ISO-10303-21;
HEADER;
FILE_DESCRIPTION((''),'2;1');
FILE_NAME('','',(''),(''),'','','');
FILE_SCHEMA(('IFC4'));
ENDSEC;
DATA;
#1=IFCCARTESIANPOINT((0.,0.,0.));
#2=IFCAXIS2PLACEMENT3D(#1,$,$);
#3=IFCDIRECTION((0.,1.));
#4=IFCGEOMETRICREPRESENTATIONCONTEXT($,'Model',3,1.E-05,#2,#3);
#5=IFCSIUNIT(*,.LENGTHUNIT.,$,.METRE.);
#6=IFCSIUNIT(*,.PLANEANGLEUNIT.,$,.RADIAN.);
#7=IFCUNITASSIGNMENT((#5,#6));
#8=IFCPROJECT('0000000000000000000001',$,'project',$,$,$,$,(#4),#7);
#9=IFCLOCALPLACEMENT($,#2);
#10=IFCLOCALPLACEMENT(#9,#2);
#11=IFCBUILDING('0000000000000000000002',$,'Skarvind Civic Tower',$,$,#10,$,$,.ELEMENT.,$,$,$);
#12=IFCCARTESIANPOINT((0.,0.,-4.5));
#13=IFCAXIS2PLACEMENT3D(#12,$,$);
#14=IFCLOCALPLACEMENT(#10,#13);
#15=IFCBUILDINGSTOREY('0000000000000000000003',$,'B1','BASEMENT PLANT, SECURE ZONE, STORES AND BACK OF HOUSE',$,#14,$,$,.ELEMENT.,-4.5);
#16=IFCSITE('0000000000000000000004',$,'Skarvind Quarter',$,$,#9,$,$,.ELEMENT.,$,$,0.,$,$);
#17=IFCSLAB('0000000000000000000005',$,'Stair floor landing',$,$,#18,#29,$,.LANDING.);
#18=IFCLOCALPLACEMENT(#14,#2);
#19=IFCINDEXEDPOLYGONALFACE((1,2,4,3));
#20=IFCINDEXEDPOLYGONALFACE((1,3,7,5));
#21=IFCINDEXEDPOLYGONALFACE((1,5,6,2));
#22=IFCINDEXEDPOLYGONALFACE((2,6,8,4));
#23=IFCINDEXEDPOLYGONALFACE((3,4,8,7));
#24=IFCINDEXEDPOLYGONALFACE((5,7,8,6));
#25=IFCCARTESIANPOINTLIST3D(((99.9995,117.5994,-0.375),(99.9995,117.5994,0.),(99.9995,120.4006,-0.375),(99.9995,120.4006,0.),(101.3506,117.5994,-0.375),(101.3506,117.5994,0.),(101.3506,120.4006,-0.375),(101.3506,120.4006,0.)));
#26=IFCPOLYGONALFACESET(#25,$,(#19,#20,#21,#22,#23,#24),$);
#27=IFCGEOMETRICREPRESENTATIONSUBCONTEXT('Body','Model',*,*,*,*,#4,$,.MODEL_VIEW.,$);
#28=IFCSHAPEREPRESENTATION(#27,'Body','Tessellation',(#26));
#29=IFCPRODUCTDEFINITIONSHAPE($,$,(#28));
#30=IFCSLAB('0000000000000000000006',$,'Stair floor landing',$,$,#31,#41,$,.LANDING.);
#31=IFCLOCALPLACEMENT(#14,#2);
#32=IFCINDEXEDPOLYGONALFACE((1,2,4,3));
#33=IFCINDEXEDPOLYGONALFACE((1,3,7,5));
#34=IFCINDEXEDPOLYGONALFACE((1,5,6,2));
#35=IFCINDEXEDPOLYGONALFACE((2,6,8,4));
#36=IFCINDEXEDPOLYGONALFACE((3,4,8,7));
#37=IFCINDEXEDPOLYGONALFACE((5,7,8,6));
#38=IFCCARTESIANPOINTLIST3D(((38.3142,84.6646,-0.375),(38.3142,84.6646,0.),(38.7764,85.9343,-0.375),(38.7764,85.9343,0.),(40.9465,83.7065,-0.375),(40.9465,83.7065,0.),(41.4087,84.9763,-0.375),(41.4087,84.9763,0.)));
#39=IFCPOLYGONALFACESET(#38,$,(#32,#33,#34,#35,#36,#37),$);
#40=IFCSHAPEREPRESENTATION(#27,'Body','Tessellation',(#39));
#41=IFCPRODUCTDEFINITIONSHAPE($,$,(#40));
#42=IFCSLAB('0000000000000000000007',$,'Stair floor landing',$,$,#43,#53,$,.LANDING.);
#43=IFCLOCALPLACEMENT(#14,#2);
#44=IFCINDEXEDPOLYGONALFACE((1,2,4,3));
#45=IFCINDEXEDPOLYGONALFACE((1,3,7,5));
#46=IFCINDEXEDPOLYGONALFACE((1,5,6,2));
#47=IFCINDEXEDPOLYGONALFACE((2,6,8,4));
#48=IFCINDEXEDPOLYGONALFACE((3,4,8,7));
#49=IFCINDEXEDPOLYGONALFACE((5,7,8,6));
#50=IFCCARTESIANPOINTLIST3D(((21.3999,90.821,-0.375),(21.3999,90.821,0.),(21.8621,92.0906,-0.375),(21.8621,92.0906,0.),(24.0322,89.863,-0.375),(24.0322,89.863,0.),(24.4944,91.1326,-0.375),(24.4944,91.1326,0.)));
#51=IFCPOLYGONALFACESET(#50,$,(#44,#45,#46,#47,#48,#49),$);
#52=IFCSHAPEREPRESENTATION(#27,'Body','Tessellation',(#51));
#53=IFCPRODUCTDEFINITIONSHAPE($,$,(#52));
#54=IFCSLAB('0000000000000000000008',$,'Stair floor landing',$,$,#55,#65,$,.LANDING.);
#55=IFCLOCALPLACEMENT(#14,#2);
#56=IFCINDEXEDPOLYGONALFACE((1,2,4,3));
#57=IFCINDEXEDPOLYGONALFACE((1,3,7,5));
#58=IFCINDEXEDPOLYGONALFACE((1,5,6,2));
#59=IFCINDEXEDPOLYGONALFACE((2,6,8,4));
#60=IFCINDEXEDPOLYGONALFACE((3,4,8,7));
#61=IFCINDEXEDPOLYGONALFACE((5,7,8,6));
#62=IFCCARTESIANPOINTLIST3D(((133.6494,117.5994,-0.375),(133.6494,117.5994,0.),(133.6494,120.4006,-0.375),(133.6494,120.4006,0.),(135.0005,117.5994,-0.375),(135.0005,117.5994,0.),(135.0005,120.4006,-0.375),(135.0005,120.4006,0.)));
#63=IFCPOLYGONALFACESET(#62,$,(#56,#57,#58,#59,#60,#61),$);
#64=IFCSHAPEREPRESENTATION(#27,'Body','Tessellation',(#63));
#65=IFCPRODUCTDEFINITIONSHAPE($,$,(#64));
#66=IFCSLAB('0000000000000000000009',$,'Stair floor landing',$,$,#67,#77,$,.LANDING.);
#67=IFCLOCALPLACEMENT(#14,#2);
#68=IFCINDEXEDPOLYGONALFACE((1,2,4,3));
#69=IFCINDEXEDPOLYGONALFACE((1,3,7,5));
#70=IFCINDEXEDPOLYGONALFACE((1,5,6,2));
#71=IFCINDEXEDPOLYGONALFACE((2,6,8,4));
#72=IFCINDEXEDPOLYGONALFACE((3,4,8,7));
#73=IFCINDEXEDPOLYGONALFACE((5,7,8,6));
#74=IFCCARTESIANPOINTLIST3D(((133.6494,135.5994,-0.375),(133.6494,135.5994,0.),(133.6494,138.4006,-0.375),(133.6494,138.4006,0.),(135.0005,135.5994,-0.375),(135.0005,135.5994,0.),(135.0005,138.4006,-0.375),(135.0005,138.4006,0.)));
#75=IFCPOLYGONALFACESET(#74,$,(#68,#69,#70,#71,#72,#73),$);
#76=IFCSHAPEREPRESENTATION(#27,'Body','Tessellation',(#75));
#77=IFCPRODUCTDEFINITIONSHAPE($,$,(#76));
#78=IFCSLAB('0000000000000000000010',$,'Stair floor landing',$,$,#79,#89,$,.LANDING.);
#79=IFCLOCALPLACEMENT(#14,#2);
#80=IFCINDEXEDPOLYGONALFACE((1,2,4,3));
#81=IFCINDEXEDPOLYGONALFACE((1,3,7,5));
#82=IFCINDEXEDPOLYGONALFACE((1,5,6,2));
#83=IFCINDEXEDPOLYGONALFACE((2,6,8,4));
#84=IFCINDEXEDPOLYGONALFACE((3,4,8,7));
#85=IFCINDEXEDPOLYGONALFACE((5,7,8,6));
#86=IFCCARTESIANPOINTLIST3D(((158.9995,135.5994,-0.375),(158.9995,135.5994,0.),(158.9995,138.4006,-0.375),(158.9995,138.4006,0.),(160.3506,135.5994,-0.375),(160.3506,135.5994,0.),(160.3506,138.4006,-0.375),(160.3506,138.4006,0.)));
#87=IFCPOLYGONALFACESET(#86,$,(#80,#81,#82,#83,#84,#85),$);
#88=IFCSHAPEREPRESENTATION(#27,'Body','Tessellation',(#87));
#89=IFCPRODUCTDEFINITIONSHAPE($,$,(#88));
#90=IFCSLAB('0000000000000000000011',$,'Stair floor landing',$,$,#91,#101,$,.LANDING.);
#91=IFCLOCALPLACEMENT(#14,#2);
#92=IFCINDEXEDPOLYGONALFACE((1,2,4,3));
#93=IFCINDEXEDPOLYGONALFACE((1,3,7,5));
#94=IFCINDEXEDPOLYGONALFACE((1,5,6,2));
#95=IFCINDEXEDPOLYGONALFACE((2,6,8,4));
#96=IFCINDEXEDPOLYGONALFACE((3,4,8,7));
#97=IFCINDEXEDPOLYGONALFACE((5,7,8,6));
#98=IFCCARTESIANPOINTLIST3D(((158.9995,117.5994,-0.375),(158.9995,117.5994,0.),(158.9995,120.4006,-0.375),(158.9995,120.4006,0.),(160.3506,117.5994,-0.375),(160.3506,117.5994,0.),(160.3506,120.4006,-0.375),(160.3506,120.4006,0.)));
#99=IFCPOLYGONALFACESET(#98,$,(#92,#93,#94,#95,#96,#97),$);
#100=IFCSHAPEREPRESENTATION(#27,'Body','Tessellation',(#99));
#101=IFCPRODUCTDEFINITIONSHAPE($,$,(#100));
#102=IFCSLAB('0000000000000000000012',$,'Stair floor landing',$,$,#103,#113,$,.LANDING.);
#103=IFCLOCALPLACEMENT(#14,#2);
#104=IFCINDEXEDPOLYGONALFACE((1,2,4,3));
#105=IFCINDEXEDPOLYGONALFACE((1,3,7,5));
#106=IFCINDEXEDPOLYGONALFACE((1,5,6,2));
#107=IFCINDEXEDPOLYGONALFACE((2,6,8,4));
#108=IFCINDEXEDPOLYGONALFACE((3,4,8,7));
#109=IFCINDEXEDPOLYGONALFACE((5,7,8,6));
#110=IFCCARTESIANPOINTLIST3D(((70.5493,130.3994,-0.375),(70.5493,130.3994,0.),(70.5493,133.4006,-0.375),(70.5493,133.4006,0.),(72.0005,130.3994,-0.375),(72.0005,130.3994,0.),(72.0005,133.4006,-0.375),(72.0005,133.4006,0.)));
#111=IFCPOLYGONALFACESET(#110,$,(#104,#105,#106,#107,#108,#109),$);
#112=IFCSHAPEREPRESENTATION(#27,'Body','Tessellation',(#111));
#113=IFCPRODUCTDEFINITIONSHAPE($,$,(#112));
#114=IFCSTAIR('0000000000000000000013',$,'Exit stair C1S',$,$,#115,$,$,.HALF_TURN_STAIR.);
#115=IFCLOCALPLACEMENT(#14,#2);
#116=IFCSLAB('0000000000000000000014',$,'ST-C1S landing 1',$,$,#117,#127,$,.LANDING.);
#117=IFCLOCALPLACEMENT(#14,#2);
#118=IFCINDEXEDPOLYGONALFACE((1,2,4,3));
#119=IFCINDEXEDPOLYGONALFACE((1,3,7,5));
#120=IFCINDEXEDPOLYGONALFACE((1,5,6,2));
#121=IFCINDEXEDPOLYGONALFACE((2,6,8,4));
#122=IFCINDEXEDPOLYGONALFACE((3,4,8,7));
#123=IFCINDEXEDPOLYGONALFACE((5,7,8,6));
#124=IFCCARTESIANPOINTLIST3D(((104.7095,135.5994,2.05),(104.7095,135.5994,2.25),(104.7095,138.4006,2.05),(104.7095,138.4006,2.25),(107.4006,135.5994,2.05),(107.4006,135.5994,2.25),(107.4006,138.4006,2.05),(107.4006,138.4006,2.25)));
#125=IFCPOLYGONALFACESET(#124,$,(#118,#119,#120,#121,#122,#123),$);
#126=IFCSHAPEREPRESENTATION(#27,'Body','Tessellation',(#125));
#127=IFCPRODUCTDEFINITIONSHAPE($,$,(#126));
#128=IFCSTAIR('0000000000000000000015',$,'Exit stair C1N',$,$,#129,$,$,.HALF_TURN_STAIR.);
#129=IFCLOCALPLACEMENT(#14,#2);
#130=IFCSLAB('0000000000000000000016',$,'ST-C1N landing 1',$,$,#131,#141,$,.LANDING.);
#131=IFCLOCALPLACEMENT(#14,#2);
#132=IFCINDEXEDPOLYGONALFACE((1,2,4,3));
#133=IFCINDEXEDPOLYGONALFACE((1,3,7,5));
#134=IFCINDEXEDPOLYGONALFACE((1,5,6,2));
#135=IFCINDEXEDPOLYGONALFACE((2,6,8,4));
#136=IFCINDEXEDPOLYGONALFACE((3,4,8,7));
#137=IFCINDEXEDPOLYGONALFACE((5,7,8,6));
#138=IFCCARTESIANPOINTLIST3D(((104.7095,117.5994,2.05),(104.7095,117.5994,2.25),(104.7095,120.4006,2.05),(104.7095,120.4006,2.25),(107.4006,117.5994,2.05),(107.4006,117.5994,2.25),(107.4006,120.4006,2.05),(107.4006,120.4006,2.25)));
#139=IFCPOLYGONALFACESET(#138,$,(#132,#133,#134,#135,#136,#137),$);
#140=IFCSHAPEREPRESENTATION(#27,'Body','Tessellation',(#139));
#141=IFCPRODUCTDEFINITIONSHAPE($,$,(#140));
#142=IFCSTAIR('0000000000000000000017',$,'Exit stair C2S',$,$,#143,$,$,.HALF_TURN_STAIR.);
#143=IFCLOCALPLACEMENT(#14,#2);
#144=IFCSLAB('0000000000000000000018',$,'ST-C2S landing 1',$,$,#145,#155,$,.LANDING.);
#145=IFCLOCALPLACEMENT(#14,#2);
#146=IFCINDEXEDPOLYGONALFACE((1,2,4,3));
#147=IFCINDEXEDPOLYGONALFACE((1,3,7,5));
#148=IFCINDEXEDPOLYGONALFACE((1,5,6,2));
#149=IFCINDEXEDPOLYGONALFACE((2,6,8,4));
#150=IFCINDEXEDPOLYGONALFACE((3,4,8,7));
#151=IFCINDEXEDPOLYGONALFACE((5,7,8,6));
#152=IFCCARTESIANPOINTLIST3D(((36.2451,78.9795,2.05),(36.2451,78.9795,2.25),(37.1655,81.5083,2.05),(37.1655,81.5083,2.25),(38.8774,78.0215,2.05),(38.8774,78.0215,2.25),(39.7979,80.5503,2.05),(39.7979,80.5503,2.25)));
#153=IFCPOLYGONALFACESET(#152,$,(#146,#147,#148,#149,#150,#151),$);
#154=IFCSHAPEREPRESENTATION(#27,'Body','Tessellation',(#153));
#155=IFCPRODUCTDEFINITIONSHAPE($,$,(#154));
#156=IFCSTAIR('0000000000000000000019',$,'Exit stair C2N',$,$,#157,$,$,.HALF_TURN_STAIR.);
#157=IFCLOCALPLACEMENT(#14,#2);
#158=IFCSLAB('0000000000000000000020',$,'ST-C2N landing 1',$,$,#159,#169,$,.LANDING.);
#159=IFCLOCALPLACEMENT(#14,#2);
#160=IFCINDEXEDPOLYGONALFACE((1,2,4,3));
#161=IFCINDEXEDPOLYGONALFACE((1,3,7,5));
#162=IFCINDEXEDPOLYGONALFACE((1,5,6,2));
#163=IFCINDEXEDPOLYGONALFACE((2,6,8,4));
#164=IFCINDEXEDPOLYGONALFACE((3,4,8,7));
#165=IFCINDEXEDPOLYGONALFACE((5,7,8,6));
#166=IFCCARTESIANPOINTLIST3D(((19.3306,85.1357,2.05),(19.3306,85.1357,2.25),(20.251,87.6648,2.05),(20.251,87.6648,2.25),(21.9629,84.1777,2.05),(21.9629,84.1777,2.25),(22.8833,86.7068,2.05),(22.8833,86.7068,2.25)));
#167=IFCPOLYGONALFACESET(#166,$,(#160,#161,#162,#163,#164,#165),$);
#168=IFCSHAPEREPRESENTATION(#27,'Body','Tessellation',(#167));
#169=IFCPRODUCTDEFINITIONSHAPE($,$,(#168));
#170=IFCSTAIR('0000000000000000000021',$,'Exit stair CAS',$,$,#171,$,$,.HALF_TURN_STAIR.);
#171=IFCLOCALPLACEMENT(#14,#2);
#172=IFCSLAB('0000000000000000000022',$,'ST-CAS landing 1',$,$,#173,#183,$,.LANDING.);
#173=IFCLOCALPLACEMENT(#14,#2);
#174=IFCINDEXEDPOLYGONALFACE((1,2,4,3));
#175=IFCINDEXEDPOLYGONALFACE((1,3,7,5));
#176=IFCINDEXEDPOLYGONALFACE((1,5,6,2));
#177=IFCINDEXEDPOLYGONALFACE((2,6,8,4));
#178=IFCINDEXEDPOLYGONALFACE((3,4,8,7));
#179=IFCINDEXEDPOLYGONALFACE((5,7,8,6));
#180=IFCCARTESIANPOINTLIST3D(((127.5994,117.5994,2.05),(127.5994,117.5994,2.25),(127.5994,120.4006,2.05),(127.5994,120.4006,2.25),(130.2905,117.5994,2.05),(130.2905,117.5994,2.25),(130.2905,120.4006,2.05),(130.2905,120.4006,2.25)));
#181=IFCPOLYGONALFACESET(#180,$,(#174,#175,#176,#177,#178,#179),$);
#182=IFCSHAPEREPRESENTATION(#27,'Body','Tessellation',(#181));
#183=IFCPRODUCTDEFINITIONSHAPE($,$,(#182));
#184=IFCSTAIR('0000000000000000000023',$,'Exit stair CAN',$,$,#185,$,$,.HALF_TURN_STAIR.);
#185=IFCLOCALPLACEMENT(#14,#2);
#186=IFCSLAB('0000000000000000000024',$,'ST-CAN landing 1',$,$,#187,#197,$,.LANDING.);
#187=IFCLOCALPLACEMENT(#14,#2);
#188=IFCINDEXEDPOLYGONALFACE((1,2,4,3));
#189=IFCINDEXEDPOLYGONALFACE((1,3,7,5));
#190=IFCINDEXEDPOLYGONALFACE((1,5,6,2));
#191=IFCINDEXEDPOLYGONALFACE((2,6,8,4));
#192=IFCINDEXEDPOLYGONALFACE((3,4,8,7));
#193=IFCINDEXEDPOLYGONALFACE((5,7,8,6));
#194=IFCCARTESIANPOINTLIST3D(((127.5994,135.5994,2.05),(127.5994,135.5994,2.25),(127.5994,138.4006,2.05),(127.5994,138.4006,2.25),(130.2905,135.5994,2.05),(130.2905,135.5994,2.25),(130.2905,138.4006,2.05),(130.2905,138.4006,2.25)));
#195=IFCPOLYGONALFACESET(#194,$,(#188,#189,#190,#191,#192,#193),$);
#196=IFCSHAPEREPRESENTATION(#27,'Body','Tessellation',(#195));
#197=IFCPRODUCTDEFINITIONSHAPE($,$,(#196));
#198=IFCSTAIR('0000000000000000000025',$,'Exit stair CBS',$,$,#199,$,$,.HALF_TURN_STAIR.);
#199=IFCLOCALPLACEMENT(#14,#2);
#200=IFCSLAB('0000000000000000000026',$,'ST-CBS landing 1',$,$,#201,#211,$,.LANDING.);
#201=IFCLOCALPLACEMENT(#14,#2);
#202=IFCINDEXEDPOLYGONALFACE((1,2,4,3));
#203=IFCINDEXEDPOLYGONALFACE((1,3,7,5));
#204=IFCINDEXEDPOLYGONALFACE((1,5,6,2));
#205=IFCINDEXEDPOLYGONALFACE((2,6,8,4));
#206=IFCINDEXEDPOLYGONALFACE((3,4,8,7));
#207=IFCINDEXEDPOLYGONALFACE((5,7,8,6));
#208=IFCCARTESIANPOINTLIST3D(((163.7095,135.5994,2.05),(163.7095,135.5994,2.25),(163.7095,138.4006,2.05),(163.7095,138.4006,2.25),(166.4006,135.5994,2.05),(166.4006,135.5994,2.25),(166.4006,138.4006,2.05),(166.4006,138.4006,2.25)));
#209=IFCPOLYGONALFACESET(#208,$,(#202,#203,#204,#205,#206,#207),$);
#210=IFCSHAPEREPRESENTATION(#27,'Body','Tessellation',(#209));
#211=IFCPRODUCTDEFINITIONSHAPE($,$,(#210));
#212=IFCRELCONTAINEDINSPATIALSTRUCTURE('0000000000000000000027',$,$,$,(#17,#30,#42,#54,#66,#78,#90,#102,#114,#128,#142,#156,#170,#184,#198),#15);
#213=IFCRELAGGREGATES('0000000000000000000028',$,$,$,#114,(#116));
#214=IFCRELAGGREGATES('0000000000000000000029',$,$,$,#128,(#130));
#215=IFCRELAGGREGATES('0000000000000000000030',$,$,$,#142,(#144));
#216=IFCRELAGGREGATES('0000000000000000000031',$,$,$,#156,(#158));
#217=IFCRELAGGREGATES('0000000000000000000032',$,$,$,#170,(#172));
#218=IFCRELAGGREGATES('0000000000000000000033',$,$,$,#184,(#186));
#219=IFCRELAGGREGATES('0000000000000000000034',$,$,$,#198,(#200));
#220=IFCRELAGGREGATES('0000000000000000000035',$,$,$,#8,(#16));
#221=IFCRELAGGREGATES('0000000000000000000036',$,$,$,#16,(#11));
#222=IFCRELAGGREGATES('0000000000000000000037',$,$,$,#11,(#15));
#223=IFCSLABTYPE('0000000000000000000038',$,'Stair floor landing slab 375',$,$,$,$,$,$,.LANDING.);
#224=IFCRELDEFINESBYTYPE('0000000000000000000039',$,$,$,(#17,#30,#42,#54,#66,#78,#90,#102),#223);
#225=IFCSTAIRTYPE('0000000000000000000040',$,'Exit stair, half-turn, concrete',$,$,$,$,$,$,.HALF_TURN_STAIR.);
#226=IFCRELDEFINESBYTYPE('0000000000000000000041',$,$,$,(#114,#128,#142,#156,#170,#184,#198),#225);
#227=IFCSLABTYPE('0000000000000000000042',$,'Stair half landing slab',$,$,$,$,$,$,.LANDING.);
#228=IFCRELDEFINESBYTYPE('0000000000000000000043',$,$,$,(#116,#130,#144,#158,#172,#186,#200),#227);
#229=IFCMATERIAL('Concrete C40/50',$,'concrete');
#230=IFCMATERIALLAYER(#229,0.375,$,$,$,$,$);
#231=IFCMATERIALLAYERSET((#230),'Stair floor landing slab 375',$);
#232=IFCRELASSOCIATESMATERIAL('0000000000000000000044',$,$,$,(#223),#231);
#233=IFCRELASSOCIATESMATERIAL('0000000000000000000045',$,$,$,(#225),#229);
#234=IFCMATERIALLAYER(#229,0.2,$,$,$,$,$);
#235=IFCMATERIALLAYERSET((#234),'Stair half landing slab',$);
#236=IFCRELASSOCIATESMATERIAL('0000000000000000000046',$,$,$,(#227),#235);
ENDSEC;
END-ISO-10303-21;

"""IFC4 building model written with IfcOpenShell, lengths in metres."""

from ifc_helpers import new_model, si_unit, direction, frame, origin, place, context, subcontext, project, spatial, polyline, outline, extrude, material, layer, layer_set, type_object, element, aggregate, save


model = new_model("IFC4")

# Units and contexts
model_context = context("Model", 3, precision=1e-05, world=origin(), true_north=direction((0.0, 1.0)))
body_context = subcontext(model_context, "Body", "Model", "MODEL_VIEW")
ifc_project = project(units=[si_unit("LENGTHUNIT", "METRE"), si_unit("PLANEANGLEUNIT", "RADIAN")], contexts=[model_context])

# Site, building, storey
site_placement = place(None, origin())
site = spatial("IfcSite", under=ifc_project, at=site_placement, Name="Skarvind Quarter", CompositionType="ELEMENT", RefElevation=0.0)
building_placement = place(site_placement, origin())
building = spatial("IfcBuilding", under=site, at=building_placement, Name="Skarvind Civic Tower", CompositionType="ELEMENT")
storey_placement = place(building_placement, frame((0.0, 0.0, -4.5)))
storey = spatial("IfcBuildingStorey", under=building, at=storey_placement, Name="B1", Description="BASEMENT PLANT, SECURE ZONE, STORES AND BACK OF HOUSE", CompositionType="ELEMENT", Elevation=-4.5)

# Slabs
ifc_material_1 = material(Name="Concrete C40/50", Category="concrete")
ifc_layer_1 = layer(ifc_material_1, 0.375)
ifc_layer_set_1 = layer_set([ifc_layer_1], Name="Stair floor landing slab 375")
slab_type_1 = type_object("IfcSlabType", Name="Stair floor landing slab 375", PredefinedType="LANDING", material=ifc_layer_set_1)
slab_1_placement = place(storey_placement, frame((0.0, 0.0, -0.375)))
element("IfcSlab", 1, at=slab_1_placement, inside=storey, type_object=slab_type_1, Name="Stair floor landing", PredefinedType="LANDING", context=body_context, shape_type="SweptSolid", body=[
    extrude(outline(polyline([(101.3506, 120.4006), (101.3506, 117.5994), (99.9995, 117.5994), (99.9995, 120.4006), (101.3506, 120.4006)])), origin(), (0.0, 0.0, 1.0), 0.375),
])
slab_2_placement = place(storey_placement, frame((0.0, 0.0, -0.375)))
element("IfcSlab", 2, at=slab_2_placement, inside=storey, type_object=slab_type_1, Name="Stair floor landing", PredefinedType="LANDING", context=body_context, shape_type="SweptSolid", body=[
    extrude(outline(polyline([(40.9465, 83.7065), (38.3142, 84.6646), (38.7764, 85.9343), (41.4087, 84.9763), (40.9465, 83.7065)])), origin(), (0.0, 0.0, 1.0), 0.375),
])
slab_3_placement = place(storey_placement, frame((0.0, 0.0, -0.375)))
element("IfcSlab", 3, at=slab_3_placement, inside=storey, type_object=slab_type_1, Name="Stair floor landing", PredefinedType="LANDING", context=body_context, shape_type="SweptSolid", body=[
    extrude(outline(polyline([(24.0322, 89.863), (21.3999, 90.821), (21.8621, 92.0906), (24.4944, 91.1326), (24.0322, 89.863)])), origin(), (0.0, 0.0, 1.0), 0.375),
])
slab_4_placement = place(storey_placement, frame((0.0, 0.0, -0.375)))
element("IfcSlab", 4, at=slab_4_placement, inside=storey, type_object=slab_type_1, Name="Stair floor landing", PredefinedType="LANDING", context=body_context, shape_type="SweptSolid", body=[
    extrude(outline(polyline([(133.6494, 117.5994), (133.6494, 120.4006), (135.0005, 120.4006), (135.0005, 117.5994), (133.6494, 117.5994)])), origin(), (0.0, 0.0, 1.0), 0.375),
])
slab_5_placement = place(storey_placement, frame((0.0, 0.0, -0.375)))
element("IfcSlab", 5, at=slab_5_placement, inside=storey, type_object=slab_type_1, Name="Stair floor landing", PredefinedType="LANDING", context=body_context, shape_type="SweptSolid", body=[
    extrude(outline(polyline([(133.6494, 135.5994), (133.6494, 138.4006), (135.0005, 138.4006), (135.0005, 135.5994), (133.6494, 135.5994)])), origin(), (0.0, 0.0, 1.0), 0.375),
])
slab_6_placement = place(storey_placement, frame((0.0, 0.0, -0.375)))
element("IfcSlab", 6, at=slab_6_placement, inside=storey, type_object=slab_type_1, Name="Stair floor landing", PredefinedType="LANDING", context=body_context, shape_type="SweptSolid", body=[
    extrude(outline(polyline([(160.3506, 138.4006), (160.3506, 135.5994), (158.9995, 135.5994), (158.9995, 138.4006), (160.3506, 138.4006)])), origin(), (0.0, 0.0, 1.0), 0.375),
])
slab_7_placement = place(storey_placement, frame((0.0, 0.0, -0.375)))
element("IfcSlab", 7, at=slab_7_placement, inside=storey, type_object=slab_type_1, Name="Stair floor landing", PredefinedType="LANDING", context=body_context, shape_type="SweptSolid", body=[
    extrude(outline(polyline([(160.3506, 120.4006), (160.3506, 117.5994), (158.9995, 117.5994), (158.9995, 120.4006), (160.3506, 120.4006)])), origin(), (0.0, 0.0, 1.0), 0.375),
])
slab_8_placement = place(storey_placement, frame((0.0, 0.0, -0.375)))
element("IfcSlab", 8, at=slab_8_placement, inside=storey, type_object=slab_type_1, Name="Stair floor landing", PredefinedType="LANDING", context=body_context, shape_type="SweptSolid", body=[
    extrude(outline(polyline([(70.5493, 130.3994), (70.5493, 133.4006), (72.0005, 133.4006), (72.0005, 130.3994), (70.5493, 130.3994)])), origin(), (0.0, 0.0, 1.0), 0.375),
])

# Stairs, slabs
stair_type_1 = type_object("IfcStairType", Name="Exit stair, half-turn, concrete", PredefinedType="HALF_TURN_STAIR", material=ifc_material_1)
stair_1_placement = place(storey_placement, origin())
stair_1 = element("IfcStair", 9, at=stair_1_placement, inside=storey, type_object=stair_type_1, Name="Exit stair C1S", PredefinedType="HALF_TURN_STAIR")
ifc_layer_2 = layer(ifc_material_1, 0.2)
ifc_layer_set_2 = layer_set([ifc_layer_2], Name="Stair half landing slab")
slab_type_2 = type_object("IfcSlabType", Name="Stair half landing slab", PredefinedType="LANDING", material=ifc_layer_set_2)
slab_9_placement = place(storey_placement, frame((0.0, 0.0, 2.05)))
slab_9 = element("IfcSlab", 10, at=slab_9_placement, type_object=slab_type_2, Name="ST-C1S landing 1", PredefinedType="LANDING", context=body_context, shape_type="SweptSolid", body=[
    extrude(outline(polyline([(104.7095, 135.5994), (104.7095, 138.4006), (107.4006, 138.4006), (107.4006, 135.5994), (104.7095, 135.5994)])), origin(), (0.0, 0.0, 1.0), 0.2),
])
aggregate(stair_1, [slab_9])
stair_2_placement = place(storey_placement, origin())
stair_2 = element("IfcStair", 11, at=stair_2_placement, inside=storey, type_object=stair_type_1, Name="Exit stair C1N", PredefinedType="HALF_TURN_STAIR")
slab_10_placement = place(storey_placement, frame((0.0, 0.0, 2.05)))
slab_10 = element("IfcSlab", 12, at=slab_10_placement, type_object=slab_type_2, Name="ST-C1N landing 1", PredefinedType="LANDING", context=body_context, shape_type="SweptSolid", body=[
    extrude(outline(polyline([(104.7095, 117.5994), (104.7095, 120.4006), (107.4006, 120.4006), (107.4006, 117.5994), (104.7095, 117.5994)])), origin(), (0.0, 0.0, 1.0), 0.2),
])
aggregate(stair_2, [slab_10])
stair_3_placement = place(storey_placement, origin())
stair_3 = element("IfcStair", 13, at=stair_3_placement, inside=storey, type_object=stair_type_1, Name="Exit stair C2S", PredefinedType="HALF_TURN_STAIR")
slab_11_placement = place(storey_placement, frame((0.0, 0.0, 2.05)))
slab_11 = element("IfcSlab", 14, at=slab_11_placement, type_object=slab_type_2, Name="ST-C2S landing 1", PredefinedType="LANDING", context=body_context, shape_type="SweptSolid", body=[
    extrude(outline(polyline([(37.1655, 81.5083), (39.7979, 80.5503), (38.8774, 78.0215), (36.2451, 78.9795), (37.1655, 81.5083)])), origin(), (0.0, 0.0, 1.0), 0.2),
])
aggregate(stair_3, [slab_11])
stair_4_placement = place(storey_placement, origin())
stair_4 = element("IfcStair", 15, at=stair_4_placement, inside=storey, type_object=stair_type_1, Name="Exit stair C2N", PredefinedType="HALF_TURN_STAIR")
slab_12_placement = place(storey_placement, frame((0.0, 0.0, 2.05)))
slab_12 = element("IfcSlab", 16, at=slab_12_placement, type_object=slab_type_2, Name="ST-C2N landing 1", PredefinedType="LANDING", context=body_context, shape_type="SweptSolid", body=[
    extrude(outline(polyline([(20.251, 87.6648), (22.8833, 86.7068), (21.9629, 84.1777), (19.3306, 85.1357), (20.251, 87.6648)])), origin(), (0.0, 0.0, 1.0), 0.2),
])
aggregate(stair_4, [slab_12])
stair_5_placement = place(storey_placement, origin())
stair_5 = element("IfcStair", 17, at=stair_5_placement, inside=storey, type_object=stair_type_1, Name="Exit stair CAS", PredefinedType="HALF_TURN_STAIR")
slab_13_placement = place(storey_placement, frame((0.0, 0.0, 2.05)))
slab_13 = element("IfcSlab", 18, at=slab_13_placement, type_object=slab_type_2, Name="ST-CAS landing 1", PredefinedType="LANDING", context=body_context, shape_type="SweptSolid", body=[
    extrude(outline(polyline([(130.2905, 120.4006), (130.2905, 117.5994), (127.5994, 117.5994), (127.5994, 120.4006), (130.2905, 120.4006)])), origin(), (0.0, 0.0, 1.0), 0.2),
])
aggregate(stair_5, [slab_13])
stair_6_placement = place(storey_placement, origin())
stair_6 = element("IfcStair", 19, at=stair_6_placement, inside=storey, type_object=stair_type_1, Name="Exit stair CAN", PredefinedType="HALF_TURN_STAIR")
slab_14_placement = place(storey_placement, frame((0.0, 0.0, 2.05)))
slab_14 = element("IfcSlab", 20, at=slab_14_placement, type_object=slab_type_2, Name="ST-CAN landing 1", PredefinedType="LANDING", context=body_context, shape_type="SweptSolid", body=[
    extrude(outline(polyline([(130.2905, 138.4006), (130.2905, 135.5994), (127.5994, 135.5994), (127.5994, 138.4006), (130.2905, 138.4006)])), origin(), (0.0, 0.0, 1.0), 0.2),
])
aggregate(stair_6, [slab_14])
stair_7_placement = place(storey_placement, origin())
stair_7 = element("IfcStair", 21, at=stair_7_placement, inside=storey, type_object=stair_type_1, Name="Exit stair CBS", PredefinedType="HALF_TURN_STAIR")
slab_15_placement = place(storey_placement, frame((0.0, 0.0, 2.05)))
slab_15 = element("IfcSlab", 22, at=slab_15_placement, type_object=slab_type_2, Name="ST-CBS landing 1", PredefinedType="LANDING", context=body_context, shape_type="SweptSolid", body=[
    extrude(outline(polyline([(163.7095, 135.5994), (163.7095, 138.4006), (166.4006, 138.4006), (166.4006, 135.5994), (163.7095, 135.5994)])), origin(), (0.0, 0.0, 1.0), 0.2),
])
aggregate(stair_7, [slab_15])

save(model, "model.ifc")
